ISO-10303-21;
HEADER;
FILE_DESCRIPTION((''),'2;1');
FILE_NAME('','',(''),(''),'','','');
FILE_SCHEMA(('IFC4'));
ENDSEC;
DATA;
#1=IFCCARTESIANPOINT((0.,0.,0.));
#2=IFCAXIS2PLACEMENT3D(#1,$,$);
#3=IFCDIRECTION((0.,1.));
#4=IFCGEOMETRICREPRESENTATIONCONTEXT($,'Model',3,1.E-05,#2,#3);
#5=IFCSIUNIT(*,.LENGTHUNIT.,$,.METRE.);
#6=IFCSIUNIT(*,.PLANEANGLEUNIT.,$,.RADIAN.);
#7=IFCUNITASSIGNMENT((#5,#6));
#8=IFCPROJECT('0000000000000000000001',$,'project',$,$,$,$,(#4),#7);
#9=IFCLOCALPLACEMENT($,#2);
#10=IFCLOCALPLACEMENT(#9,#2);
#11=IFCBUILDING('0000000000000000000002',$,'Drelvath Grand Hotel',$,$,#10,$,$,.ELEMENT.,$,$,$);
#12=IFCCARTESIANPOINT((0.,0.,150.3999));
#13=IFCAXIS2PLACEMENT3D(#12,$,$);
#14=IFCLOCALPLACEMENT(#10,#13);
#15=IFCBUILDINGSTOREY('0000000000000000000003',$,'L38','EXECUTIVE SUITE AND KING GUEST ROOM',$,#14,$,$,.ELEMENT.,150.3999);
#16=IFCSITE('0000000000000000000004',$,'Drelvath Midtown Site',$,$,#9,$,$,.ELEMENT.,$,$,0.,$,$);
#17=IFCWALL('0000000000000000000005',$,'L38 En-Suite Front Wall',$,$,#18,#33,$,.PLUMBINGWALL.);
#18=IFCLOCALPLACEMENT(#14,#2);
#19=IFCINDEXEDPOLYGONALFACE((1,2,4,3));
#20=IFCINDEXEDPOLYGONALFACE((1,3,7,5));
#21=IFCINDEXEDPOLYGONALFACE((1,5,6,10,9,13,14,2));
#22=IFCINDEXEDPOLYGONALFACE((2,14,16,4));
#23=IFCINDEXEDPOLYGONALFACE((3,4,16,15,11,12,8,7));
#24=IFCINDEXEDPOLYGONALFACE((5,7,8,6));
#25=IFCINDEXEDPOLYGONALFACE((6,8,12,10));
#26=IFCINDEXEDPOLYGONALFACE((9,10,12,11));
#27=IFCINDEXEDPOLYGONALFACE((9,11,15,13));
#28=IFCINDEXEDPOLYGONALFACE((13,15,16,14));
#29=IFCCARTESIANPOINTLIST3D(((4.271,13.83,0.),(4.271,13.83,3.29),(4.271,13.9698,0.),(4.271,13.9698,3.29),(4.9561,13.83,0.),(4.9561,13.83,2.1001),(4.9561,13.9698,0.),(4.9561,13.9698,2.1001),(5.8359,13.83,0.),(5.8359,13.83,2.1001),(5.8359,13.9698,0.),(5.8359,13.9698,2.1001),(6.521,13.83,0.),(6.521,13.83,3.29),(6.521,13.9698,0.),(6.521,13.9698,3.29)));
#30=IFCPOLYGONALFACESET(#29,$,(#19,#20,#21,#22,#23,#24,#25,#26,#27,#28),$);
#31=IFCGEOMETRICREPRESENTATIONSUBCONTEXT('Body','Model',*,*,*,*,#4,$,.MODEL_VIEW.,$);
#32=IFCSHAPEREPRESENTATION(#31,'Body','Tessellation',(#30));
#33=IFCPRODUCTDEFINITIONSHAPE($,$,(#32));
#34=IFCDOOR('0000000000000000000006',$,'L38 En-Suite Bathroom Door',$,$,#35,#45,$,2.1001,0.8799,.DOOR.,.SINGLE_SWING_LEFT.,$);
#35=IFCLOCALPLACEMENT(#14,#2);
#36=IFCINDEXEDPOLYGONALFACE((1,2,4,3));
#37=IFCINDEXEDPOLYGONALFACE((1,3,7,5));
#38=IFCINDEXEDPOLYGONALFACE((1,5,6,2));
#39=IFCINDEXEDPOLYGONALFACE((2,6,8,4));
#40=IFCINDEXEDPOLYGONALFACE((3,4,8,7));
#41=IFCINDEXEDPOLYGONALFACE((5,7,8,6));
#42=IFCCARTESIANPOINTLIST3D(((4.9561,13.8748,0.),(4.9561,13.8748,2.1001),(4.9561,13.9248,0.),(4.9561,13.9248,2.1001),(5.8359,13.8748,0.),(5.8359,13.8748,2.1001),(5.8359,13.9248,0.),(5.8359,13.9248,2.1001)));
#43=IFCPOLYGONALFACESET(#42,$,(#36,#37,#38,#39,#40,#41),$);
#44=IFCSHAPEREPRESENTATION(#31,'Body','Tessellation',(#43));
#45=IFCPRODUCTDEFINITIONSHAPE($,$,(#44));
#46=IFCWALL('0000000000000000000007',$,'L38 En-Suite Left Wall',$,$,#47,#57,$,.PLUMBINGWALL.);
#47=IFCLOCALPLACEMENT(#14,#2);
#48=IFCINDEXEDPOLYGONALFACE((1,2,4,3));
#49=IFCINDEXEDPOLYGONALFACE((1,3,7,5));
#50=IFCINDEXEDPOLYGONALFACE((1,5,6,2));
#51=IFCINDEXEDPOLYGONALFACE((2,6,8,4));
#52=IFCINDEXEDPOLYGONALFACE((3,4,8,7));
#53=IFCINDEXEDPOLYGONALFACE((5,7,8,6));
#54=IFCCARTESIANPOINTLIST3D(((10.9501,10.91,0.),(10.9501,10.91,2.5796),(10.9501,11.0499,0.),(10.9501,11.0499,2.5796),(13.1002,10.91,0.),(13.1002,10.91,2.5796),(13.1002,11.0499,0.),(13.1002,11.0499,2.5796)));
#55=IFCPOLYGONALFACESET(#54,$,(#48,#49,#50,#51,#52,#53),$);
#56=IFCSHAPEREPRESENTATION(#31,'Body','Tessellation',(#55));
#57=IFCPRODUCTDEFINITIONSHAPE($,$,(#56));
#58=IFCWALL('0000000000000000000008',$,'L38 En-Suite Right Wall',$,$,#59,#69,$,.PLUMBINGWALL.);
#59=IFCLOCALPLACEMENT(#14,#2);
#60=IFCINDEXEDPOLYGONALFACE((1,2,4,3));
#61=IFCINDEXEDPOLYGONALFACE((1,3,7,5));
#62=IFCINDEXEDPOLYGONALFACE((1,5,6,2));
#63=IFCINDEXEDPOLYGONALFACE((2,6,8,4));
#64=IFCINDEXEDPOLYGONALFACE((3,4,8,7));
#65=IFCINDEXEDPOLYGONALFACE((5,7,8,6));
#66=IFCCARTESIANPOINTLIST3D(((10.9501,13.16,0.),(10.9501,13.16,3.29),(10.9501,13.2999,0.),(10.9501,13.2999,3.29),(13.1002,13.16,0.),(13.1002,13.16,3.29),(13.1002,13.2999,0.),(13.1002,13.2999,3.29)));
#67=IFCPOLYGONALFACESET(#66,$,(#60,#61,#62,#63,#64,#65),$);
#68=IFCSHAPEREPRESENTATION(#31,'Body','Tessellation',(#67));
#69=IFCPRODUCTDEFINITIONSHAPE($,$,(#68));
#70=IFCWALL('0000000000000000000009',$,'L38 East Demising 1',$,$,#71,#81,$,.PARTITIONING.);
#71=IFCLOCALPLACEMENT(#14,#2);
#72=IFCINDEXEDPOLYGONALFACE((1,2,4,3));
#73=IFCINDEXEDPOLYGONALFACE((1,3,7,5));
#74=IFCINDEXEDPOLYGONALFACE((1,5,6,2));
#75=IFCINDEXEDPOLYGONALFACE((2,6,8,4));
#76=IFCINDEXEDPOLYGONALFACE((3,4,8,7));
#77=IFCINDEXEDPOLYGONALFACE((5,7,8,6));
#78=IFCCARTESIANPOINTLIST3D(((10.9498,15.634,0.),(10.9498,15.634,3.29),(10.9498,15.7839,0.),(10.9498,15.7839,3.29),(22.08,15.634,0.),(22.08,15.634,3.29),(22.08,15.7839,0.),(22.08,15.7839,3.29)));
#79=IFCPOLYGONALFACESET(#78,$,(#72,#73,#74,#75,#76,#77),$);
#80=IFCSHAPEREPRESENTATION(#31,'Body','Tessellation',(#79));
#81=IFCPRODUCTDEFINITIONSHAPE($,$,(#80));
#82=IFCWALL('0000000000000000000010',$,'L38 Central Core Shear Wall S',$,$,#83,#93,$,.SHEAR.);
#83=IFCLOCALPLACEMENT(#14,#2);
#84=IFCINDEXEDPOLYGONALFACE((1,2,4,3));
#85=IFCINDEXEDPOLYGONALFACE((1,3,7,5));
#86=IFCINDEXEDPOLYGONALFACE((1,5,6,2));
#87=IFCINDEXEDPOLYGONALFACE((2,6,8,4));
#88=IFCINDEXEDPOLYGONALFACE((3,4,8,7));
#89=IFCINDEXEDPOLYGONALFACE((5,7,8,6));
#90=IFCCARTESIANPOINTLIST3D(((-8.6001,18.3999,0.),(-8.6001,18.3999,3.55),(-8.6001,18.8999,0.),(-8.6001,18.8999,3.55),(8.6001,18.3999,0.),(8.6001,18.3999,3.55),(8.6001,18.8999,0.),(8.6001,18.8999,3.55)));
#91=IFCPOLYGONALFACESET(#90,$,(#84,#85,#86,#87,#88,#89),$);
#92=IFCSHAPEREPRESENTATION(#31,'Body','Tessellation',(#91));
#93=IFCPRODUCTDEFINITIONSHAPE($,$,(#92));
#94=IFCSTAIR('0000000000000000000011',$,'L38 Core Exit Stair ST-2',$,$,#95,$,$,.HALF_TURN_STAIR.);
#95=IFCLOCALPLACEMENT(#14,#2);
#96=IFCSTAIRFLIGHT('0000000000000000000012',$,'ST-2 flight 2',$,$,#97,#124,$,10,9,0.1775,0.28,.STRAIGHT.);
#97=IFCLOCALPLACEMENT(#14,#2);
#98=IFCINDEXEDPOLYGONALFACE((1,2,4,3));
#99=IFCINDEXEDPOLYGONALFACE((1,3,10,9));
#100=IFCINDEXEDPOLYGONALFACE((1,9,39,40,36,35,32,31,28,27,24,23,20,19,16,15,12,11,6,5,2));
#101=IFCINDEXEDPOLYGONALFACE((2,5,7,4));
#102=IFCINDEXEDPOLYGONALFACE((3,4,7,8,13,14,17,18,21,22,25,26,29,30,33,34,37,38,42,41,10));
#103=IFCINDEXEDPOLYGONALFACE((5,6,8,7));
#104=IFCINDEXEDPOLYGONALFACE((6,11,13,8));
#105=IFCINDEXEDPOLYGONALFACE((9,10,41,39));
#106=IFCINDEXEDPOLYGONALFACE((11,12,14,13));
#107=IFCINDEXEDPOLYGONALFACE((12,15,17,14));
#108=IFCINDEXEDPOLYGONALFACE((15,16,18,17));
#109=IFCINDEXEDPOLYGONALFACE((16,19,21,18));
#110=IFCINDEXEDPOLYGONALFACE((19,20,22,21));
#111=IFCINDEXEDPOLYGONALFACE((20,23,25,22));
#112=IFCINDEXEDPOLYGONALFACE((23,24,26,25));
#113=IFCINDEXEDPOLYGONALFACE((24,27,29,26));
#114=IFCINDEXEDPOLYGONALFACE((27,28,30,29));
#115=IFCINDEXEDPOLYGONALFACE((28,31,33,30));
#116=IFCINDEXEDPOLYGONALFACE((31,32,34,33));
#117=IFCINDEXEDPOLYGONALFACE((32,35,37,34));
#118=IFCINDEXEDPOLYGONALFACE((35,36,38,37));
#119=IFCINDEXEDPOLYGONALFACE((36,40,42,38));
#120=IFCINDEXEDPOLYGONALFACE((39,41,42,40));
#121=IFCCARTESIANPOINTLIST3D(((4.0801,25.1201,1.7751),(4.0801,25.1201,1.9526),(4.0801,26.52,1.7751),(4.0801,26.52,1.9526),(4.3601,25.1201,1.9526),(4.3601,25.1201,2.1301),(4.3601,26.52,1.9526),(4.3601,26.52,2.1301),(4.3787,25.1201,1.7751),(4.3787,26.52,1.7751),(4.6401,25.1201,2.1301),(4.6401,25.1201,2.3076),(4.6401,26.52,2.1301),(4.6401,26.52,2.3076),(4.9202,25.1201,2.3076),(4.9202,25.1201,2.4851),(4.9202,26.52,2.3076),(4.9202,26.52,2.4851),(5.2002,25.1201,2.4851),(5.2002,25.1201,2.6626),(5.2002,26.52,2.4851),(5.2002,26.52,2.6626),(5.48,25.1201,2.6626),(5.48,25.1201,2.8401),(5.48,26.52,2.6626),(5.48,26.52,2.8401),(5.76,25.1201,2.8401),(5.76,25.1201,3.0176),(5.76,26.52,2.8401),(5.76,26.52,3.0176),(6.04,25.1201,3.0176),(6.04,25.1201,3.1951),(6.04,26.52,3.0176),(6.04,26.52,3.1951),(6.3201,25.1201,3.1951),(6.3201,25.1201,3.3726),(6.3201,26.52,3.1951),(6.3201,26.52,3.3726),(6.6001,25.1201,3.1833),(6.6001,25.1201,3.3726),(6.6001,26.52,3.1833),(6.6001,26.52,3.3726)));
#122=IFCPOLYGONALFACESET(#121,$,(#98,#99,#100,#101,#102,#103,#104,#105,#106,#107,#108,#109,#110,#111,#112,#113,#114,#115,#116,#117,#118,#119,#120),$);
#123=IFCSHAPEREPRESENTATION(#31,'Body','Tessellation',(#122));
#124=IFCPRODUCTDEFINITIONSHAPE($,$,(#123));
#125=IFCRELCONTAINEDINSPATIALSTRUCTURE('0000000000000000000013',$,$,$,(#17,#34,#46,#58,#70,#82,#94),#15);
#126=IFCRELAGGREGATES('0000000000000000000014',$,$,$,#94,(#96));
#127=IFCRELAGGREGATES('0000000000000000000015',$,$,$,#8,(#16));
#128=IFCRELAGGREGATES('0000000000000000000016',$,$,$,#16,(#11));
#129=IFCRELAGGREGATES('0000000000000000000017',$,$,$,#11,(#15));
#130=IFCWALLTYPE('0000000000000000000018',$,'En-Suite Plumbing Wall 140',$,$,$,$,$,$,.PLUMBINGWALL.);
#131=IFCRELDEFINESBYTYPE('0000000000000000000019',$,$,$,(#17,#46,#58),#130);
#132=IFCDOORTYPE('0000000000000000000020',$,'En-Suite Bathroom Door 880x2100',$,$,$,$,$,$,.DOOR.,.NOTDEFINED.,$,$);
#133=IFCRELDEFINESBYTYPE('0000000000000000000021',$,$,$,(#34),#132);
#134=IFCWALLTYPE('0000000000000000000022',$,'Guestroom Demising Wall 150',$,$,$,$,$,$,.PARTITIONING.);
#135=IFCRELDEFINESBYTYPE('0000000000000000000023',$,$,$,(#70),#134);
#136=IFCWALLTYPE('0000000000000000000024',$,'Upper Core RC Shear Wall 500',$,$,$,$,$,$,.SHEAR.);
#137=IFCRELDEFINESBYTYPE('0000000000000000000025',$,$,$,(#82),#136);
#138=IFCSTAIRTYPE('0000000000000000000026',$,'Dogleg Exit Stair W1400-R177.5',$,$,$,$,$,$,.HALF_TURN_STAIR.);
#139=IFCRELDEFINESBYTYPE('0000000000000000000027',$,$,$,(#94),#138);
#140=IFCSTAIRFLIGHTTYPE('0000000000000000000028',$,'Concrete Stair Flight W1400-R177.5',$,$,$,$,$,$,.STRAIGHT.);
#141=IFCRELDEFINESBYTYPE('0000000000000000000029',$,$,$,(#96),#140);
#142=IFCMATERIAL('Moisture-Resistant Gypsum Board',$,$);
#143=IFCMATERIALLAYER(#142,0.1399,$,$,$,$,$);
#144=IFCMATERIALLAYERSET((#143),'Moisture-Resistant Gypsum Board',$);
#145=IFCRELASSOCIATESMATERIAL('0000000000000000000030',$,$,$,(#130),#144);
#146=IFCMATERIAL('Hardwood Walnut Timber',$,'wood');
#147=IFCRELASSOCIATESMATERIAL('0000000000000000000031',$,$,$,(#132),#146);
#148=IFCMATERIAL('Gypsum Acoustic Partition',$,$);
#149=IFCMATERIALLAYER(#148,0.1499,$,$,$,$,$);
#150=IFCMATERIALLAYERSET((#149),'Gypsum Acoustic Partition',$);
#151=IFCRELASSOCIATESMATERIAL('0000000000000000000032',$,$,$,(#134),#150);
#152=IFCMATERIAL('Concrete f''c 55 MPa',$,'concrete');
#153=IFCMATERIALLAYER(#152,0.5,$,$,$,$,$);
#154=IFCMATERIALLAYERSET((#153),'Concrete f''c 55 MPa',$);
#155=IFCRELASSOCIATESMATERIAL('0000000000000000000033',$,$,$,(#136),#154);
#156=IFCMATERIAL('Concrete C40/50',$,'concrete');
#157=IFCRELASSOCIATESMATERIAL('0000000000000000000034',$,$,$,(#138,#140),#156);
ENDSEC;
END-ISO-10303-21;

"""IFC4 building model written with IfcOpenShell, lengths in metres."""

from ifc_helpers import new_model, si_unit, direction, frame, frame_2d, origin, place, context, subcontext, project, spatial, polyline, rectangle, outline, extrude, material, layer, layer_set, type_object, element, fill, aggregate, save


model = new_model("IFC4")

# Units and contexts
model_context = context("Model", 3, precision=1e-05, world=origin(), true_north=direction((0.0, 1.0)))
body_context = subcontext(model_context, "Body", "Model", "MODEL_VIEW")
ifc_project = project(units=[si_unit("LENGTHUNIT", "METRE"), si_unit("PLANEANGLEUNIT", "RADIAN")], contexts=[model_context])

# Site, building, storey
site_placement = place(None, origin())
site = spatial("IfcSite", under=ifc_project, at=site_placement, Name="Drelvath Midtown Site", CompositionType="ELEMENT", RefElevation=0.0)
building_placement = place(site_placement, origin())
building = spatial("IfcBuilding", under=site, at=building_placement, Name="Drelvath Grand Hotel", CompositionType="ELEMENT")
storey_placement = place(building_placement, frame((0.0, 0.0, 150.3999)))
storey = spatial("IfcBuildingStorey", under=building, at=storey_placement, Name="L38", Description="EXECUTIVE SUITE AND KING GUEST ROOM", CompositionType="ELEMENT", Elevation=150.3999)

# Shared definitions
ifc_material_1 = material(Name="Concrete f'c 55 MPa", Category="concrete")

# Shared definitions
ifc_material_2 = material(Name="Concrete C40/50", Category="concrete")

# Shared definitions
ifc_material_3 = material(Name="Moisture-Resistant Gypsum Board")
ifc_layer_1 = layer(ifc_material_3, 0.1399)
ifc_layer_set_1 = layer_set([ifc_layer_1], Name="Moisture-Resistant Gypsum Board")
wall_type_1 = type_object("IfcWallType", Name="En-Suite Plumbing Wall 140", PredefinedType="PLUMBINGWALL", material=ifc_layer_set_1)

# Wall, opening, door
wall_1_placement = place(storey_placement, frame((4.271, 13.8999, 0.0), z_axis=(0.0, 0.0, 1.0), x_axis=(1.0, 0.0, 0.0)))
wall_1 = element("IfcWall", 1, at=wall_1_placement, inside=storey, type_object=wall_type_1, Name="L38 En-Suite Front Wall", PredefinedType="PLUMBINGWALL", context=body_context, shape_type="SweptSolid", body=[
    extrude(rectangle(XDim=2.25, YDim=0.1399, at=frame_2d((1.125, 0.0))), origin(), (0.0, 0.0, 1.0), 3.29),
])
opening_1_placement = place(wall_1_placement, frame((0.6851, 0.0, 0.0)))
opening_1 = element("IfcOpeningElement", 2, at=opening_1_placement, cuts=wall_1, PredefinedType="OPENING", context=body_context, shape_type="SweptSolid", body=[
    extrude(rectangle(XDim=0.8799, YDim=2.1001, at=frame_2d((0.4399, 1.05))), frame((0.0, 0.0798, 0.0), z_axis=(0.0, -1.0, 0.0), x_axis=(1.0, 0.0, 0.0)), (0.0, 0.0, 1.0), 0.1599),
])
ifc_material_4 = material(Name="Hardwood Walnut Timber", Category="wood")
door_type_1 = type_object("IfcDoorType", Name="En-Suite Bathroom Door 880x2100", OperationType="NOTDEFINED", PredefinedType="DOOR", material=ifc_material_4)
door_1_placement = place(opening_1_placement, origin())
door_1 = element("IfcDoor", 3, at=door_1_placement, inside=storey, type_object=door_type_1, Name="L38 En-Suite Bathroom Door", OperationType="SINGLE_SWING_LEFT", OverallHeight=2.1001, OverallWidth=0.8799, PredefinedType="DOOR", context=body_context, shape_type="SweptSolid", body=[
    extrude(rectangle(XDim=0.8799, YDim=2.1001, at=frame_2d((0.4399, 1.05))), frame((0.0, 0.0249, 0.0), z_axis=(0.0, -1.0, 0.0), x_axis=(1.0, 0.0, 0.0)), (0.0, 0.0, 1.0), 0.05),
])
fill(opening_1, door_1)

# Walls
wall_2_placement = place(storey_placement, frame((10.95, 10.98, 0.0), z_axis=(0.0, 0.0, 1.0), x_axis=(1.0, 0.0, 0.0)))
element("IfcWall", 4, at=wall_2_placement, inside=storey, type_object=wall_type_1, Name="L38 En-Suite Left Wall", PredefinedType="PLUMBINGWALL", context=body_context, shape_type="SweptSolid", body=[
    extrude(rectangle(XDim=2.1501, YDim=0.1399, at=frame_2d((1.0752, 0.0))), origin(), (0.0, 0.0, 1.0), 2.5796),
])
wall_3_placement = place(storey_placement, frame((10.95, 13.23, 0.0), z_axis=(0.0, 0.0, 1.0), x_axis=(1.0, 0.0, 0.0)))
element("IfcWall", 5, at=wall_3_placement, inside=storey, type_object=wall_type_1, Name="L38 En-Suite Right Wall", PredefinedType="PLUMBINGWALL", context=body_context, shape_type="SweptSolid", body=[
    extrude(rectangle(XDim=2.1501, YDim=0.1399, at=frame_2d((1.0752, 0.0))), origin(), (0.0, 0.0, 1.0), 3.29),
])
ifc_material_5 = material(Name="Gypsum Acoustic Partition")
ifc_layer_2 = layer(ifc_material_5, 0.1499)
ifc_layer_set_2 = layer_set([ifc_layer_2], Name="Gypsum Acoustic Partition")
wall_type_2 = type_object("IfcWallType", Name="Guestroom Demising Wall 150", PredefinedType="PARTITIONING", material=ifc_layer_set_2)
wall_4_placement = place(storey_placement, frame((10.95, 15.709, 0.0), z_axis=(0.0, 0.0, 1.0), x_axis=(1.0, 0.0, 0.0)))
element("IfcWall", 6, at=wall_4_placement, inside=storey, type_object=wall_type_2, Name="L38 East Demising 1", PredefinedType="PARTITIONING", context=body_context, shape_type="SweptSolid", body=[
    extrude(rectangle(XDim=11.1301, YDim=0.1499, at=frame_2d((5.5649, 0.0))), origin(), (0.0, 0.0, 1.0), 3.29),
])
ifc_layer_3 = layer(ifc_material_1, 0.5)
ifc_layer_set_3 = layer_set([ifc_layer_3], Name="Concrete f'c 55 MPa")
wall_type_3 = type_object("IfcWallType", Name="Upper Core RC Shear Wall 500", PredefinedType="SHEAR", material=ifc_layer_set_3)
wall_5_placement = place(storey_placement, frame((8.6001, 18.6499, 0.0), z_axis=(0.0, 0.0, 1.0), x_axis=(-1.0, 0.0, 0.0)))
element("IfcWall", 7, at=wall_5_placement, inside=storey, type_object=wall_type_3, Name="L38 Central Core Shear Wall S", PredefinedType="SHEAR", context=body_context, shape_type="SweptSolid", body=[
    extrude(rectangle(XDim=17.2002, YDim=0.5, at=frame_2d((8.6001, 0.0))), origin(), (0.0, 0.0, 1.0), 3.55),
])

# Stair, stair flight
stair_type = type_object("IfcStairType", Name="Dogleg Exit Stair W1400-R177.5", PredefinedType="HALF_TURN_STAIR", material=ifc_material_2)
stair_placement = place(storey_placement, origin())
stair = element("IfcStair", 8, at=stair_placement, inside=storey, type_object=stair_type, Name="L38 Core Exit Stair ST-2", PredefinedType="HALF_TURN_STAIR")
stair_flight_type = type_object("IfcStairFlightType", Name="Concrete Stair Flight W1400-R177.5", PredefinedType="STRAIGHT", material=ifc_material_2)
stair_flight_placement = place(storey_placement, frame((4.0801, 25.8201, 1.7751), z_axis=(0.0, 0.0, 1.0), x_axis=(1.0, 0.0, 0.0)))
stair_flight = element("IfcStairFlight", 9, at=stair_flight_placement, type_object=stair_flight_type, Name="ST-2 flight 2", NumberOfRisers=10, NumberOfTreads=9, PredefinedType="STRAIGHT", RiserHeight=0.1775, TreadLength=0.28, context=body_context, shape_type="SweptSolid", body=[
    extrude(outline(polyline([(0.0, 0.0), (0.0, 0.1775), (0.28, 0.1775), (0.28, 0.355), (0.5601, 0.355), (0.5601, 0.5325), (0.8401, 0.5325), (0.8401, 0.71), (1.1201, 0.71), (1.1201, 0.8875), (1.3999, 0.8875), (1.3999, 1.0649), (1.6799, 1.0649), (1.6799, 1.2424), (1.96, 1.2424), (1.96, 1.4199), (2.24, 1.4199), (2.24, 1.5974), (2.52, 1.5974), (2.52, 1.7749), (2.52, 1.4082), (0.2986, 0.0), (0.0, 0.0)])), frame((0.0, 0.7, 0.0), z_axis=(0.0, -1.0, 0.0), x_axis=(1.0, 0.0, 0.0)), (0.0, 0.0, 1.0), 1.3999),
])
aggregate(stair, [stair_flight])

save(model, "model.ifc")
